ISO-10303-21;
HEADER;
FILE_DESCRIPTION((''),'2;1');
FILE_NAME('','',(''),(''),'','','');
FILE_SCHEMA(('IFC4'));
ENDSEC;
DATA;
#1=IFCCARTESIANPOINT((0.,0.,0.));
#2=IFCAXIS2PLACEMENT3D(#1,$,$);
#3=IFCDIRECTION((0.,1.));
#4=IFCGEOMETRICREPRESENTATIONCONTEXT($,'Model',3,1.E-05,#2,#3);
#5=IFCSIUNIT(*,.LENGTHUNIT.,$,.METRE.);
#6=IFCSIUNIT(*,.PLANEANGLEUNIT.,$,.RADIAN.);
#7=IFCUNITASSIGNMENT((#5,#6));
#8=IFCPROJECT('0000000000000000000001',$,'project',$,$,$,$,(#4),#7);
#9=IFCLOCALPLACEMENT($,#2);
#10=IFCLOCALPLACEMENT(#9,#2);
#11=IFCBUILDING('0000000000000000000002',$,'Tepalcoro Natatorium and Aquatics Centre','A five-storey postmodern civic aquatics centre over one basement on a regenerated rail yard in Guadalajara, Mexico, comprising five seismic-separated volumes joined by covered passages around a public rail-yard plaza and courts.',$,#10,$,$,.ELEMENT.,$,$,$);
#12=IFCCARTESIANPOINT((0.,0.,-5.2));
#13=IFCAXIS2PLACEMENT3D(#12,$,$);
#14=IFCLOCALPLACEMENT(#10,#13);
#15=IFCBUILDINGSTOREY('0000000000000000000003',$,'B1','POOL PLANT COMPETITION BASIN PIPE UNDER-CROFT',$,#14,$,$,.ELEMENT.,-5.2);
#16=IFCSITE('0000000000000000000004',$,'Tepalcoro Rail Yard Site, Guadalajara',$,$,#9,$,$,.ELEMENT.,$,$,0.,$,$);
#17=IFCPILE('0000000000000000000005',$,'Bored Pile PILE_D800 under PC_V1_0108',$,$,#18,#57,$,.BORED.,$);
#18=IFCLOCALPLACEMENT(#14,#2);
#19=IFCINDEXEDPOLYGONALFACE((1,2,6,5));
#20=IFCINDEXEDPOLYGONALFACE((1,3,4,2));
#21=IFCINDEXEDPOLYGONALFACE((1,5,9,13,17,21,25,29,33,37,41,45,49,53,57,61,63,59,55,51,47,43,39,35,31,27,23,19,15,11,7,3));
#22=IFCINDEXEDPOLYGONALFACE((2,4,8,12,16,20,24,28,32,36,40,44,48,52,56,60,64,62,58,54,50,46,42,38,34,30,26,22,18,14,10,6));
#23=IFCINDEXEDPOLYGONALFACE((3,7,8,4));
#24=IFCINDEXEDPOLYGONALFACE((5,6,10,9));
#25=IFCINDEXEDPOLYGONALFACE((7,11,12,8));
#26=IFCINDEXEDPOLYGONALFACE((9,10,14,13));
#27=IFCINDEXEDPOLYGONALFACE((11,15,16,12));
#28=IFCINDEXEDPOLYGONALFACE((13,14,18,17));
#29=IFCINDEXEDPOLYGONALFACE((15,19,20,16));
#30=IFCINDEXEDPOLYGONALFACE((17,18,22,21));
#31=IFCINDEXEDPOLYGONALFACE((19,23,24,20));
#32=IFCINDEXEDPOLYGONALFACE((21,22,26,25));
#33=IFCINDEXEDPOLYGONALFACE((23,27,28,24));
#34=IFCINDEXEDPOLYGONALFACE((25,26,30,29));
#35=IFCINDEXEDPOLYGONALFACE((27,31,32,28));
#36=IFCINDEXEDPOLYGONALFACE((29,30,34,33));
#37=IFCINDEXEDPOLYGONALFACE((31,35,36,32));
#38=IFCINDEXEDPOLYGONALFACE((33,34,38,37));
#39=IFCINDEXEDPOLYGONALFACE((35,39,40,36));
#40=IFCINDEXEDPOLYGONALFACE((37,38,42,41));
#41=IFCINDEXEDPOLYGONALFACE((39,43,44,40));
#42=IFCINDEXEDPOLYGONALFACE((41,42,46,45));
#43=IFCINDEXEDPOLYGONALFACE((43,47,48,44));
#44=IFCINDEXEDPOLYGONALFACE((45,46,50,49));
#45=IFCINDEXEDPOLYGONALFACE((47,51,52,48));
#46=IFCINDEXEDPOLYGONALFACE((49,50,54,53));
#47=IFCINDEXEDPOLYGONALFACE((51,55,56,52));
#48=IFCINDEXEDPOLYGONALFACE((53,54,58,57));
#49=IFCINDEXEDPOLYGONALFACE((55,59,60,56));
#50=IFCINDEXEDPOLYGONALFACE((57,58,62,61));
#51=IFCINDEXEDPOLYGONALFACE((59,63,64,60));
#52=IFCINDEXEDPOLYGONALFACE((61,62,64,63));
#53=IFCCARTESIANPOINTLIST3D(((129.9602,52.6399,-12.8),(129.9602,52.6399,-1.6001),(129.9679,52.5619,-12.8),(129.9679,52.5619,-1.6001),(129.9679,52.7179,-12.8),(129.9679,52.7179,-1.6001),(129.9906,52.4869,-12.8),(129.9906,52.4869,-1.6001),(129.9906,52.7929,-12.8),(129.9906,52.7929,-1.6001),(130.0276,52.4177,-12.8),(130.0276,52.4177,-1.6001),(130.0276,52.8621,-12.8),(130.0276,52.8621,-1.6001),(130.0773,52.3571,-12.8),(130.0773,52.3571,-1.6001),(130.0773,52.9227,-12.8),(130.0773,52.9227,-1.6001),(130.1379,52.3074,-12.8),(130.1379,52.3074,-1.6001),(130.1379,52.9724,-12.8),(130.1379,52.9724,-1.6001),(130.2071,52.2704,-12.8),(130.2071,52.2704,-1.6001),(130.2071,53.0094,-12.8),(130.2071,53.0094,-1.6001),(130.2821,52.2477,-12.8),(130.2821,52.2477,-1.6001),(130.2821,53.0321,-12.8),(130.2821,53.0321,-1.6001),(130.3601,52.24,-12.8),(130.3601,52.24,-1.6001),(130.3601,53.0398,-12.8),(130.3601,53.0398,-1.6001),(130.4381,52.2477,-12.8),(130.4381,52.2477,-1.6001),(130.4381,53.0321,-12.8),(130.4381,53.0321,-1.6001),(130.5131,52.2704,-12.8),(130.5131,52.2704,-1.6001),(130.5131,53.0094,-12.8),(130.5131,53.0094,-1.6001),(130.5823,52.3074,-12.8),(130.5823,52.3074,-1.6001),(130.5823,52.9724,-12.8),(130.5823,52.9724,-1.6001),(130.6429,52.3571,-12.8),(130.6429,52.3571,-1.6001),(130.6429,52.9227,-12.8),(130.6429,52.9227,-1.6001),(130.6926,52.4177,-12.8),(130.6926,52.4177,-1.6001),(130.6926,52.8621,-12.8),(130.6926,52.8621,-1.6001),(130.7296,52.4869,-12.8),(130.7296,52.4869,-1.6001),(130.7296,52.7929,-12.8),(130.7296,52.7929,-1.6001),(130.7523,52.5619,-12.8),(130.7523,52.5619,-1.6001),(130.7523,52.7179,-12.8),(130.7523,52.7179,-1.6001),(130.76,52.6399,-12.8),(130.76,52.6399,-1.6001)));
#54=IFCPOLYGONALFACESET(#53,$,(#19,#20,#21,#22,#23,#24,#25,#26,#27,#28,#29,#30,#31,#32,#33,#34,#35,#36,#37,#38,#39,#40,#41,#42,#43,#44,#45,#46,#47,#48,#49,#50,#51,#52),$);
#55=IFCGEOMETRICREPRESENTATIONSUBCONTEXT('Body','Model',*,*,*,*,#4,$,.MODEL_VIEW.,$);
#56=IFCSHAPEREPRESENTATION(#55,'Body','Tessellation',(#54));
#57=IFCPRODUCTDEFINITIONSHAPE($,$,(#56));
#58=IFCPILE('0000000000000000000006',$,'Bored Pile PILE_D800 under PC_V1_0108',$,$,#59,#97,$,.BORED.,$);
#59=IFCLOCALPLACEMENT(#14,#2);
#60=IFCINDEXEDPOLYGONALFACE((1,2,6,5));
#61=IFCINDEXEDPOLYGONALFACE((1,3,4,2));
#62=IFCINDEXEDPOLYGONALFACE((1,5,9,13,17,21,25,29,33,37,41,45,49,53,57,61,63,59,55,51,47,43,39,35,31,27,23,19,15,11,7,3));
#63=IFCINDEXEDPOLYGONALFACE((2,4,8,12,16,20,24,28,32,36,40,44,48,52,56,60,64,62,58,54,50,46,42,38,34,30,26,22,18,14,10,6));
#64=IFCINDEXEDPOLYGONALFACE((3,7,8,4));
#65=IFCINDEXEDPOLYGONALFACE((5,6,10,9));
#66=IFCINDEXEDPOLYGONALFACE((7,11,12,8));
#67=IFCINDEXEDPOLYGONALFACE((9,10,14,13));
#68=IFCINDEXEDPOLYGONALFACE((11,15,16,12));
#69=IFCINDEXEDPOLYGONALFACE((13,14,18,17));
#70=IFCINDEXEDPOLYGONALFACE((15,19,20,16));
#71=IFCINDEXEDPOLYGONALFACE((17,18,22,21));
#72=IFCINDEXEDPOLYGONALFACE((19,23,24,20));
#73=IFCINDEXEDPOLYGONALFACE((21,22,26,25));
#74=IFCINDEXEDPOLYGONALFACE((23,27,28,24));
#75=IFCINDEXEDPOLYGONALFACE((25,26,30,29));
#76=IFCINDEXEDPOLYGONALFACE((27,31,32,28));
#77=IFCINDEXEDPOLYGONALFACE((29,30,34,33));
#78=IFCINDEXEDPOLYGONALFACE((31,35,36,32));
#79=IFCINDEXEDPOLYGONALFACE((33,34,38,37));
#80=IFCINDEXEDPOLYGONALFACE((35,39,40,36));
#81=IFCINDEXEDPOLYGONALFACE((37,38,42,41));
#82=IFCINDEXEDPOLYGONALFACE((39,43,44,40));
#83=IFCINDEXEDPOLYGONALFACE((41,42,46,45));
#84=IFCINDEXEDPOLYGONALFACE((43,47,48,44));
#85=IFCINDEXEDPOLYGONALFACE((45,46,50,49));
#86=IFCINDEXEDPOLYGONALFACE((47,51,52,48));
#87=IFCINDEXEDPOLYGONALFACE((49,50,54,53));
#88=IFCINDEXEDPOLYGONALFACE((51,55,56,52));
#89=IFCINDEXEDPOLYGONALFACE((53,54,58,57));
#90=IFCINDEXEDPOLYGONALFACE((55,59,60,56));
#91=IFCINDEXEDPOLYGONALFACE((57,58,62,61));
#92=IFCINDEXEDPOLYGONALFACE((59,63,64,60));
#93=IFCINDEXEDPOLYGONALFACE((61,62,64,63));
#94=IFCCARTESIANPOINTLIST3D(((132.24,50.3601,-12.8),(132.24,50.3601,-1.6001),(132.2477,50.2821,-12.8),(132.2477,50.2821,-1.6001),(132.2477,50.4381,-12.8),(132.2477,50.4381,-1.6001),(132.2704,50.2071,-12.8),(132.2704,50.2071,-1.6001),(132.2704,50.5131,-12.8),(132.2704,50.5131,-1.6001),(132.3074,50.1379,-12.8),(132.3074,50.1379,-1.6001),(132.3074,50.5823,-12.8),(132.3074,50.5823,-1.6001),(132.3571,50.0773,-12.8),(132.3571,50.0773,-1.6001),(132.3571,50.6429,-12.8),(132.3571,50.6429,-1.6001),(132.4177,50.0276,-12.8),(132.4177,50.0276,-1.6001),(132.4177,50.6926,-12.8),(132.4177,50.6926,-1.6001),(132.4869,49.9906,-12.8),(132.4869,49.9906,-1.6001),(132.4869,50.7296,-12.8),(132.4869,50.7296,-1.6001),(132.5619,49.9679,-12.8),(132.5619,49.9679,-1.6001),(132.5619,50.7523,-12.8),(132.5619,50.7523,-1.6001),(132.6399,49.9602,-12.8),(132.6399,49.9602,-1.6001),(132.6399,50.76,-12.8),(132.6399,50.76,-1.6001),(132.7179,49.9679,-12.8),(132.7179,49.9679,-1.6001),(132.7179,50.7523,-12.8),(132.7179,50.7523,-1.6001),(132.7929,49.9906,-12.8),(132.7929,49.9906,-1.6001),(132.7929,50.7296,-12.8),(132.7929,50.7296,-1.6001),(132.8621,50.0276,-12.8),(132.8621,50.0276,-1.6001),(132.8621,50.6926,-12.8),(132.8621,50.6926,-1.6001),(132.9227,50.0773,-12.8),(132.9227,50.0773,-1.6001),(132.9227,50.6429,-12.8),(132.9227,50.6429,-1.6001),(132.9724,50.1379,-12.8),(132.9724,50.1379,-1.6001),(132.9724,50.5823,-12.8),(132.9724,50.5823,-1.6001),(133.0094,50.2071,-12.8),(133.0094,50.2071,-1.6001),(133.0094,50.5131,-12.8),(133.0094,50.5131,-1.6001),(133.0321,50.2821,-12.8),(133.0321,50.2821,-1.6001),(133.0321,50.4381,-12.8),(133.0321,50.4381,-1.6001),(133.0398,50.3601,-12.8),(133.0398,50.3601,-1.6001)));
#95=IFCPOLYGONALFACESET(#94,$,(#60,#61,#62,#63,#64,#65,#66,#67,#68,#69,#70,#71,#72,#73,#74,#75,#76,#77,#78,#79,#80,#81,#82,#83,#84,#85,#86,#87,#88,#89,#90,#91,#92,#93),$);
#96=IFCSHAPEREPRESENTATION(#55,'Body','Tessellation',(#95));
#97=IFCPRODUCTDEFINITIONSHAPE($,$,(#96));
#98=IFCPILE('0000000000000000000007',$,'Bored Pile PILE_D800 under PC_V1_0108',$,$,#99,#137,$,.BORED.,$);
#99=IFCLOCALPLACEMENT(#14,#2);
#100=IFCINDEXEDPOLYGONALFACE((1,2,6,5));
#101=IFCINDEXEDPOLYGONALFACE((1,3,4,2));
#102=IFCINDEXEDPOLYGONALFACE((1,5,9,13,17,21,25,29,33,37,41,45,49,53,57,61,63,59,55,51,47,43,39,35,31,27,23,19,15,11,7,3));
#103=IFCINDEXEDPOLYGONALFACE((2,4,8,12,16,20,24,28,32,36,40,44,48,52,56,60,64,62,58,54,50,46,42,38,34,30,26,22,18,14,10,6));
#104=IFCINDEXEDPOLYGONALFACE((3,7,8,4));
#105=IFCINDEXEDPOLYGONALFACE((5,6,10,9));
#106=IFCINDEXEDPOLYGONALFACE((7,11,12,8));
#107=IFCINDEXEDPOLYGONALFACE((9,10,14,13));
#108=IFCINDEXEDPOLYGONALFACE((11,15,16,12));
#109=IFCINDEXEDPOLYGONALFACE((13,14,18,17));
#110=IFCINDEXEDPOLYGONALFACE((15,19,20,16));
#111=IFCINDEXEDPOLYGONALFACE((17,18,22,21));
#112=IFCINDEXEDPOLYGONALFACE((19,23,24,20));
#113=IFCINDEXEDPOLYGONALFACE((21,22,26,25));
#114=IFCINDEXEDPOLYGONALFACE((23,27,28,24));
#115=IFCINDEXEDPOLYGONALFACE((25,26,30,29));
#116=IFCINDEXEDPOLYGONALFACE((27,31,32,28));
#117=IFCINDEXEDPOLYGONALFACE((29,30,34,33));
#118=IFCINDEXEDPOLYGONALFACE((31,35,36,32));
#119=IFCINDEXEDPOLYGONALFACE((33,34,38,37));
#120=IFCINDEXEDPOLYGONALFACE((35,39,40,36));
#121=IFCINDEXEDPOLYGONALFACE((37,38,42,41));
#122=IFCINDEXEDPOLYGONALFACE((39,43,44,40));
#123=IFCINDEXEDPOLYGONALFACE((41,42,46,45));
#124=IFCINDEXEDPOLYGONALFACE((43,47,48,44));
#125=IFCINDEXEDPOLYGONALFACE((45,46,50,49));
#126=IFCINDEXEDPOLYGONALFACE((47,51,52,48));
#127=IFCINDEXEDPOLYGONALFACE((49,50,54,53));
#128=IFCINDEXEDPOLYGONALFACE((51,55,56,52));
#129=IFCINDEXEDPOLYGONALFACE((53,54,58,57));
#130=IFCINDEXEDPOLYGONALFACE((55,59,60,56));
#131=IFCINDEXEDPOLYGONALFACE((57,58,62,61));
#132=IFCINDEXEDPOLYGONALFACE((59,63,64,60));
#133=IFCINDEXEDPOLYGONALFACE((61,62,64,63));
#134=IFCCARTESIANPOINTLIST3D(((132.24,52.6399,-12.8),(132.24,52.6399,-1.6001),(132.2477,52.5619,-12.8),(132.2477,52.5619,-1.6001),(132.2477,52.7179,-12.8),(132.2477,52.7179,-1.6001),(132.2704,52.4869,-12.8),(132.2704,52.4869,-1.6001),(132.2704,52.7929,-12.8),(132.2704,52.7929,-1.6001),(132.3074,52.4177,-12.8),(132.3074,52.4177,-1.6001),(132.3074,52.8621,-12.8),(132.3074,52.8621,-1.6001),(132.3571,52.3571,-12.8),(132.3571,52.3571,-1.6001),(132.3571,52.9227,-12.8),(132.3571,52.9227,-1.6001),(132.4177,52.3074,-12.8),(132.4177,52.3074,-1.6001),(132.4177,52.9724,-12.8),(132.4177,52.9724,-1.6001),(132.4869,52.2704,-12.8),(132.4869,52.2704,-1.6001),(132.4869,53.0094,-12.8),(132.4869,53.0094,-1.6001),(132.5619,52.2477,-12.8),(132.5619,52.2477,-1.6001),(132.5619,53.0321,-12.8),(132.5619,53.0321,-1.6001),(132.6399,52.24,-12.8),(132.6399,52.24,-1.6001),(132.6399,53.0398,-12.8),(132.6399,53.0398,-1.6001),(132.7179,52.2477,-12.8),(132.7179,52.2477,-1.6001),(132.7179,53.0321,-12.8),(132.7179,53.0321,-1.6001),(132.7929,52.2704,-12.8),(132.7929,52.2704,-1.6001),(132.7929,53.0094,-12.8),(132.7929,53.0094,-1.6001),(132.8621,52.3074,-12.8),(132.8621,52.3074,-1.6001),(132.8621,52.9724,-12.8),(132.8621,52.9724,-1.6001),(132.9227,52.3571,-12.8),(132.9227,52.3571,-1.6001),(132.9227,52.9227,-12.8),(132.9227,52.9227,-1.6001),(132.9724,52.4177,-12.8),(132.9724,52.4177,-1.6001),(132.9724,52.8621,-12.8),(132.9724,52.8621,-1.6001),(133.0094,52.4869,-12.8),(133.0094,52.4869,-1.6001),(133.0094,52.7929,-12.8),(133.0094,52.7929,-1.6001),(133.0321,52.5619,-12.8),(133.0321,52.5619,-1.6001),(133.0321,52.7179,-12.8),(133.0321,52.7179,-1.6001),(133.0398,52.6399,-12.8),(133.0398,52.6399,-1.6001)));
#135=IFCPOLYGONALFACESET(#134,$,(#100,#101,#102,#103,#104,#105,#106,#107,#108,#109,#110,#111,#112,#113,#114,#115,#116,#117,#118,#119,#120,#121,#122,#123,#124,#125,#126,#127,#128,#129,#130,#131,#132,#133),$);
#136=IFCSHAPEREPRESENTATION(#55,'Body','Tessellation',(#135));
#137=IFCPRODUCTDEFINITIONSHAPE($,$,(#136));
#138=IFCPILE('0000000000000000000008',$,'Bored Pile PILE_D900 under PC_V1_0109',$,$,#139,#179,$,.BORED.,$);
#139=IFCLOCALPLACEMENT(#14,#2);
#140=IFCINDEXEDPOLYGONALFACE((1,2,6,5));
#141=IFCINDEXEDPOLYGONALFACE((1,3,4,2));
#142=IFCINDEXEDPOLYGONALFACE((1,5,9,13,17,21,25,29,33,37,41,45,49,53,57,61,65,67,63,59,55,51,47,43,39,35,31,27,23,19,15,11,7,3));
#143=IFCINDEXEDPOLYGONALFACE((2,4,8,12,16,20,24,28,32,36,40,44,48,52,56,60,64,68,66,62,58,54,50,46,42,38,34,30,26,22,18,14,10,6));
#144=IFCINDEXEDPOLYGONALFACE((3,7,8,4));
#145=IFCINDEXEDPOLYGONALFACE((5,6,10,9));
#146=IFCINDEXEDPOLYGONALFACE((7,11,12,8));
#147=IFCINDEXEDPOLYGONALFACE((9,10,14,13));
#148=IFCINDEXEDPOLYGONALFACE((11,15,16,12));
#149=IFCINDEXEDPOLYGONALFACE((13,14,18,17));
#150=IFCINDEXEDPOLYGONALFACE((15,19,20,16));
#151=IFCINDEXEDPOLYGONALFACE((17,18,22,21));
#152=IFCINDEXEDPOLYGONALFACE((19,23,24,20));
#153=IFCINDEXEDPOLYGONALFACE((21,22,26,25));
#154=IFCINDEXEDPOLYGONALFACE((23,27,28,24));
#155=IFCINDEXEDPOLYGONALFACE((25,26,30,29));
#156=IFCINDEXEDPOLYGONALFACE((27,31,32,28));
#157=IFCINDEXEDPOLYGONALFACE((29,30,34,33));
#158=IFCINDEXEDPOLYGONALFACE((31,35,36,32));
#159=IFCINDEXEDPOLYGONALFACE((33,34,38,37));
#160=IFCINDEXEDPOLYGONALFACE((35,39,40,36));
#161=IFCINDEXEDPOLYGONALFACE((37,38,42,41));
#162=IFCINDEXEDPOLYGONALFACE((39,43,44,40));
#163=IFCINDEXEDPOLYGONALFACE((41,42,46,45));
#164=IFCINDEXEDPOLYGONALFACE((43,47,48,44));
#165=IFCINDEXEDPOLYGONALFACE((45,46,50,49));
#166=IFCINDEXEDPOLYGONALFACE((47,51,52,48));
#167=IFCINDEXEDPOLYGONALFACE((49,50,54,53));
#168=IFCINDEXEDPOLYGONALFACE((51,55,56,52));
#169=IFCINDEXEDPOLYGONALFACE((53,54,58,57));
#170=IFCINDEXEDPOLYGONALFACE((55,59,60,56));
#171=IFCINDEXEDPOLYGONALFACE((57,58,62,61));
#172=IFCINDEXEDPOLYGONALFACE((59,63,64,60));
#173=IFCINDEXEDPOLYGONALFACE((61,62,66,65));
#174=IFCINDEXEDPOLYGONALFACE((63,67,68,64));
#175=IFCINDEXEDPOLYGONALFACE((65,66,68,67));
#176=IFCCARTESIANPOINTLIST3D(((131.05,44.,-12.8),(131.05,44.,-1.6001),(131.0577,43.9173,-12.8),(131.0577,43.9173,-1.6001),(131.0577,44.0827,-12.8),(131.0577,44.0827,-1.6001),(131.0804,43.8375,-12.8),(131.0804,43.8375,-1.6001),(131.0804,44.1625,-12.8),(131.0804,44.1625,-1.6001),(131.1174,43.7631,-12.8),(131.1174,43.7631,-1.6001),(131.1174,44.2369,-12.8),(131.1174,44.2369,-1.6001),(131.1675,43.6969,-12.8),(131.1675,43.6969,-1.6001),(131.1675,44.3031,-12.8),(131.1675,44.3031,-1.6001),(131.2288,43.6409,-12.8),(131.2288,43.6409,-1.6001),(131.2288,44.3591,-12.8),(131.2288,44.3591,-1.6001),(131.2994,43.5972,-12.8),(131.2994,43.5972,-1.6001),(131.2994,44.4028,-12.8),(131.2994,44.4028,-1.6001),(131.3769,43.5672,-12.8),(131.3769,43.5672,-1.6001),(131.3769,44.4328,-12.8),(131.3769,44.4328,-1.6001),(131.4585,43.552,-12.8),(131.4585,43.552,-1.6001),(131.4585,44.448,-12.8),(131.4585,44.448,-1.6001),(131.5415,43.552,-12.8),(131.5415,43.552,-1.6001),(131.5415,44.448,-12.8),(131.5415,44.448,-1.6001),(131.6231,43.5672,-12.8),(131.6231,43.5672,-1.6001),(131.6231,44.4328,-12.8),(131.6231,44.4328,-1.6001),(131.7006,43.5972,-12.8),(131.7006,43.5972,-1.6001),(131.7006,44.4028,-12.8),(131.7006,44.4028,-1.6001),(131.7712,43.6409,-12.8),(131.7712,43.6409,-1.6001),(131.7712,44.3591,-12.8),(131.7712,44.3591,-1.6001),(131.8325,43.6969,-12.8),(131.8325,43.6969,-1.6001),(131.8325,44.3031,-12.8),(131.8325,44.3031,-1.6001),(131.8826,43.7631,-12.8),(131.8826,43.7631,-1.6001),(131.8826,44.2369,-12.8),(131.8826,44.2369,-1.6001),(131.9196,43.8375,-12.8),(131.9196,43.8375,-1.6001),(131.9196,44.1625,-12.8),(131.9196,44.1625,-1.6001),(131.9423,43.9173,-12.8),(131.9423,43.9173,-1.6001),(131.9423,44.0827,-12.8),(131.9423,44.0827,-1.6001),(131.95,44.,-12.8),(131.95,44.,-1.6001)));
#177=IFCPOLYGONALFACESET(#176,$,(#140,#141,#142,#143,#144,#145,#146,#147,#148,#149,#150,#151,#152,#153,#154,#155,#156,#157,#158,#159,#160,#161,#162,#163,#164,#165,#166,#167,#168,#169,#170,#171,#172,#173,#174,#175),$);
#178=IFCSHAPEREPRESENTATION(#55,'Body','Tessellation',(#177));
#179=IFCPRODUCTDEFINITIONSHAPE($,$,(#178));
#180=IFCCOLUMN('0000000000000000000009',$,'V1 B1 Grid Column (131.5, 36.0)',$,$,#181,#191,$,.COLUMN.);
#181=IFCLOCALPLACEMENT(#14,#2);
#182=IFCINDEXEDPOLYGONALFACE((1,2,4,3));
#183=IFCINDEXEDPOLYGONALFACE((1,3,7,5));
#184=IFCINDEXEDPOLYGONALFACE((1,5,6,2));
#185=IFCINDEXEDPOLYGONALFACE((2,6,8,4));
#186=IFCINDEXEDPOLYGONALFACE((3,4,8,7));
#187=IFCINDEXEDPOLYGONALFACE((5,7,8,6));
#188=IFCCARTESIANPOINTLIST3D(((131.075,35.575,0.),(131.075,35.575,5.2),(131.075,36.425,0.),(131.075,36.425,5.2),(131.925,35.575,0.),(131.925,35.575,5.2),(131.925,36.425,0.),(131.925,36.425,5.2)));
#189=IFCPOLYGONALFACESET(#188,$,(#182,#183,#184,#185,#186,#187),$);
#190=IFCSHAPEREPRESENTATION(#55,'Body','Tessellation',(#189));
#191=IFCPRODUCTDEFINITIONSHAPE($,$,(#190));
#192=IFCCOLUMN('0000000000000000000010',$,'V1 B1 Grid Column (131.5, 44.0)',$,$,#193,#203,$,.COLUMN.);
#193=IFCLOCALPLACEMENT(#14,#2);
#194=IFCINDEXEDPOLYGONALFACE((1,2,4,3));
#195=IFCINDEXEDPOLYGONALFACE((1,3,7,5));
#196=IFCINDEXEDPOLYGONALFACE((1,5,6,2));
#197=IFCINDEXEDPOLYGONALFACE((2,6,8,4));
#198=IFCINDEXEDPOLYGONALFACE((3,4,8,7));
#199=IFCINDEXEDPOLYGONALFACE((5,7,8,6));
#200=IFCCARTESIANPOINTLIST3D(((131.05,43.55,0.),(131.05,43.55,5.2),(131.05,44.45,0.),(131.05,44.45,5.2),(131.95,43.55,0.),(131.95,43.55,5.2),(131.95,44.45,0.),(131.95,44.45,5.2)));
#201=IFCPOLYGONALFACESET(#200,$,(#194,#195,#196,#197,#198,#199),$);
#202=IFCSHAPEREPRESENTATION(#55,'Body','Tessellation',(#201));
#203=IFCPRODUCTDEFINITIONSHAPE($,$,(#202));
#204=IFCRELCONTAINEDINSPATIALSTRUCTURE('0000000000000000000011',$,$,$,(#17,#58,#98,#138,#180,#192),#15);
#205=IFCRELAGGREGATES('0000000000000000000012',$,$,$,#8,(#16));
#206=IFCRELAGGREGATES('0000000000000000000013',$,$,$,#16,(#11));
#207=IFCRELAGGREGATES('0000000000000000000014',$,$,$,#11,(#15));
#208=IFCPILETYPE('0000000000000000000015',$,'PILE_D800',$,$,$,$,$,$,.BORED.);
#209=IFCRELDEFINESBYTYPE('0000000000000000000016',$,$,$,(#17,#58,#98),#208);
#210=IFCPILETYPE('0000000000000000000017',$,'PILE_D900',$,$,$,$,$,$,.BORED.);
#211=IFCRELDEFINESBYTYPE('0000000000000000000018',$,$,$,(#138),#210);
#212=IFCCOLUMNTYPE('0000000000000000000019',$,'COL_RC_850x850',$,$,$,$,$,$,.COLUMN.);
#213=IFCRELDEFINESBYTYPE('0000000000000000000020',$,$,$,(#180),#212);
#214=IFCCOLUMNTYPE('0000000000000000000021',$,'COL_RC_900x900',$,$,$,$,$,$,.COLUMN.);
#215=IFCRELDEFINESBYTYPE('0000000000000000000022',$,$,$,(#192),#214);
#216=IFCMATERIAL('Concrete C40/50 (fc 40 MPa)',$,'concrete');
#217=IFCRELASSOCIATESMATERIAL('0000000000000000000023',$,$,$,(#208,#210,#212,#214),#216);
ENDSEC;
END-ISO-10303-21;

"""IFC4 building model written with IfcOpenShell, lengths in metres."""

from ifc_helpers import new_model, si_unit, direction, frame, origin, origin_2d, place, context, subcontext, project, spatial, rectangle, circle, extrude, material, material_profile, profile_set, type_object, element, save


model = new_model("IFC4")

# Units and contexts
model_context = context("Model", 3, precision=1e-05, world=origin(), true_north=direction((0.0, 1.0)))
body_context = subcontext(model_context, "Body", "Model", "MODEL_VIEW")
ifc_project = project(units=[si_unit("LENGTHUNIT", "METRE"), si_unit("PLANEANGLEUNIT", "RADIAN")], contexts=[model_context])

# Site, building, storey
site_placement = place(None, origin())
site = spatial("IfcSite", under=ifc_project, at=site_placement, Name="Tepalcoro Rail Yard Site, Guadalajara", CompositionType="ELEMENT", RefElevation=0.0)
building_placement = place(site_placement, origin())
building = spatial("IfcBuilding", under=site, at=building_placement, Name="Tepalcoro Natatorium and Aquatics Centre", Description="A five-storey postmodern civic aquatics centre over one basement on a regenerated rail yard in Guadalajara, Mexico, comprising five seismic-separated volumes joined by covered passages around a public rail-yard plaza and courts.", CompositionType="ELEMENT")
storey_placement = place(building_placement, frame((0.0, 0.0, -5.2)))
storey = spatial("IfcBuildingStorey", under=building, at=storey_placement, Name="B1", Description="POOL PLANT COMPETITION BASIN PIPE UNDER-CROFT", CompositionType="ELEMENT", Elevation=-5.2)

# Piles
ifc_material = material(Name="Concrete C40/50 (fc 40 MPa)", Category="concrete")
ifc_material_profile_1 = material_profile(ifc_material, circle(Radius=0.3999, at=origin_2d()), Name="PILE_D800")
ifc_profile_set_1 = profile_set([ifc_material_profile_1], Name="Concrete C40/50 (fc 40 MPa)")
pile_type_1 = type_object("IfcPileType", Name="PILE_D800", PredefinedType="BORED", material=ifc_profile_set_1)
for number, where, z_axis, x_axis, name in (
    (1, (130.3601, 52.6399, -1.6001), (0.0, 0.0, -1.0), (1.0, 0.0, 0.0), "Bored Pile PILE_D800 under PC_V1_0108"),
    (2, (132.6399, 50.3601, -1.6001), (0.0, 0.0, -1.0), (1.0, 0.0, 0.0), "Bored Pile PILE_D800 under PC_V1_0108"),
    (3, (132.6399, 52.6399, -1.6001), (0.0, 0.0, -1.0), (1.0, 0.0, 0.0), "Bored Pile PILE_D800 under PC_V1_0108"),
):
    element("IfcPile", number, at=place(storey_placement, frame(where, z_axis=z_axis, x_axis=x_axis)), inside=storey, type_object=pile_type_1, Name=name, PredefinedType="BORED", context=body_context, shape_type="SweptSolid", body=[
        extrude(circle(Radius=0.3999, at=origin_2d()), origin(), (0.0, 0.0, 1.0), 11.2),
    ])
ifc_material_profile_2 = material_profile(ifc_material, circle(Radius=0.45, at=origin_2d()), Name="PILE_D900")
ifc_profile_set_2 = profile_set([ifc_material_profile_2], Name="Concrete C40/50 (fc 40 MPa)")
pile_type_2 = type_object("IfcPileType", Name="PILE_D900", PredefinedType="BORED", material=ifc_profile_set_2)
pile_1_placement = place(storey_placement, frame((131.5, 44.0, -1.6001), z_axis=(0.0, 0.0, -1.0), x_axis=(1.0, 0.0, 0.0)))
element("IfcPile", 4, at=pile_1_placement, inside=storey, type_object=pile_type_2, Name="Bored Pile PILE_D900 under PC_V1_0109", PredefinedType="BORED", context=body_context, shape_type="SweptSolid", body=[
    extrude(circle(Radius=0.45, at=origin_2d()), origin(), (0.0, 0.0, 1.0), 11.2),
])

# Columns
ifc_material_profile_3 = material_profile(ifc_material, rectangle(XDim=0.8501, YDim=0.8501, at=origin_2d()), Name="RC850x850")
ifc_profile_set_3 = profile_set([ifc_material_profile_3], Name="Concrete C40/50 (fc 40 MPa)")
column_type_1 = type_object("IfcColumnType", Name="COL_RC_850x850", PredefinedType="COLUMN", material=ifc_profile_set_3)
column_1_placement = place(storey_placement, frame((131.5, 36.0, 0.0), z_axis=(0.0, 0.0, 1.0), x_axis=(1.0, 0.0, 0.0)))
element("IfcColumn", 5, at=column_1_placement, inside=storey, type_object=column_type_1, Name="V1 B1 Grid Column (131.5, 36.0)", PredefinedType="COLUMN", context=body_context, shape_type="SweptSolid", body=[
    extrude(rectangle(XDim=0.8501, YDim=0.8501, at=origin_2d()), origin(), (0.0, 0.0, 1.0), 5.2),
])
ifc_material_profile_4 = material_profile(ifc_material, rectangle(XDim=0.8999, YDim=0.8999, at=origin_2d()), Name="RC900x900")
ifc_profile_set_4 = profile_set([ifc_material_profile_4], Name="Concrete C40/50 (fc 40 MPa)")
column_type_2 = type_object("IfcColumnType", Name="COL_RC_900x900", PredefinedType="COLUMN", material=ifc_profile_set_4)
column_2_placement = place(storey_placement, frame((131.5, 44.0, 0.0), z_axis=(0.0, 0.0, 1.0), x_axis=(1.0, 0.0, 0.0)))
element("IfcColumn", 6, at=column_2_placement, inside=storey, type_object=column_type_2, Name="V1 B1 Grid Column (131.5, 44.0)", PredefinedType="COLUMN", context=body_context, shape_type="SweptSolid", body=[
    extrude(rectangle(XDim=0.8999, YDim=0.8999, at=origin_2d()), origin(), (0.0, 0.0, 1.0), 5.2),
])

save(model, "model.ifc")
